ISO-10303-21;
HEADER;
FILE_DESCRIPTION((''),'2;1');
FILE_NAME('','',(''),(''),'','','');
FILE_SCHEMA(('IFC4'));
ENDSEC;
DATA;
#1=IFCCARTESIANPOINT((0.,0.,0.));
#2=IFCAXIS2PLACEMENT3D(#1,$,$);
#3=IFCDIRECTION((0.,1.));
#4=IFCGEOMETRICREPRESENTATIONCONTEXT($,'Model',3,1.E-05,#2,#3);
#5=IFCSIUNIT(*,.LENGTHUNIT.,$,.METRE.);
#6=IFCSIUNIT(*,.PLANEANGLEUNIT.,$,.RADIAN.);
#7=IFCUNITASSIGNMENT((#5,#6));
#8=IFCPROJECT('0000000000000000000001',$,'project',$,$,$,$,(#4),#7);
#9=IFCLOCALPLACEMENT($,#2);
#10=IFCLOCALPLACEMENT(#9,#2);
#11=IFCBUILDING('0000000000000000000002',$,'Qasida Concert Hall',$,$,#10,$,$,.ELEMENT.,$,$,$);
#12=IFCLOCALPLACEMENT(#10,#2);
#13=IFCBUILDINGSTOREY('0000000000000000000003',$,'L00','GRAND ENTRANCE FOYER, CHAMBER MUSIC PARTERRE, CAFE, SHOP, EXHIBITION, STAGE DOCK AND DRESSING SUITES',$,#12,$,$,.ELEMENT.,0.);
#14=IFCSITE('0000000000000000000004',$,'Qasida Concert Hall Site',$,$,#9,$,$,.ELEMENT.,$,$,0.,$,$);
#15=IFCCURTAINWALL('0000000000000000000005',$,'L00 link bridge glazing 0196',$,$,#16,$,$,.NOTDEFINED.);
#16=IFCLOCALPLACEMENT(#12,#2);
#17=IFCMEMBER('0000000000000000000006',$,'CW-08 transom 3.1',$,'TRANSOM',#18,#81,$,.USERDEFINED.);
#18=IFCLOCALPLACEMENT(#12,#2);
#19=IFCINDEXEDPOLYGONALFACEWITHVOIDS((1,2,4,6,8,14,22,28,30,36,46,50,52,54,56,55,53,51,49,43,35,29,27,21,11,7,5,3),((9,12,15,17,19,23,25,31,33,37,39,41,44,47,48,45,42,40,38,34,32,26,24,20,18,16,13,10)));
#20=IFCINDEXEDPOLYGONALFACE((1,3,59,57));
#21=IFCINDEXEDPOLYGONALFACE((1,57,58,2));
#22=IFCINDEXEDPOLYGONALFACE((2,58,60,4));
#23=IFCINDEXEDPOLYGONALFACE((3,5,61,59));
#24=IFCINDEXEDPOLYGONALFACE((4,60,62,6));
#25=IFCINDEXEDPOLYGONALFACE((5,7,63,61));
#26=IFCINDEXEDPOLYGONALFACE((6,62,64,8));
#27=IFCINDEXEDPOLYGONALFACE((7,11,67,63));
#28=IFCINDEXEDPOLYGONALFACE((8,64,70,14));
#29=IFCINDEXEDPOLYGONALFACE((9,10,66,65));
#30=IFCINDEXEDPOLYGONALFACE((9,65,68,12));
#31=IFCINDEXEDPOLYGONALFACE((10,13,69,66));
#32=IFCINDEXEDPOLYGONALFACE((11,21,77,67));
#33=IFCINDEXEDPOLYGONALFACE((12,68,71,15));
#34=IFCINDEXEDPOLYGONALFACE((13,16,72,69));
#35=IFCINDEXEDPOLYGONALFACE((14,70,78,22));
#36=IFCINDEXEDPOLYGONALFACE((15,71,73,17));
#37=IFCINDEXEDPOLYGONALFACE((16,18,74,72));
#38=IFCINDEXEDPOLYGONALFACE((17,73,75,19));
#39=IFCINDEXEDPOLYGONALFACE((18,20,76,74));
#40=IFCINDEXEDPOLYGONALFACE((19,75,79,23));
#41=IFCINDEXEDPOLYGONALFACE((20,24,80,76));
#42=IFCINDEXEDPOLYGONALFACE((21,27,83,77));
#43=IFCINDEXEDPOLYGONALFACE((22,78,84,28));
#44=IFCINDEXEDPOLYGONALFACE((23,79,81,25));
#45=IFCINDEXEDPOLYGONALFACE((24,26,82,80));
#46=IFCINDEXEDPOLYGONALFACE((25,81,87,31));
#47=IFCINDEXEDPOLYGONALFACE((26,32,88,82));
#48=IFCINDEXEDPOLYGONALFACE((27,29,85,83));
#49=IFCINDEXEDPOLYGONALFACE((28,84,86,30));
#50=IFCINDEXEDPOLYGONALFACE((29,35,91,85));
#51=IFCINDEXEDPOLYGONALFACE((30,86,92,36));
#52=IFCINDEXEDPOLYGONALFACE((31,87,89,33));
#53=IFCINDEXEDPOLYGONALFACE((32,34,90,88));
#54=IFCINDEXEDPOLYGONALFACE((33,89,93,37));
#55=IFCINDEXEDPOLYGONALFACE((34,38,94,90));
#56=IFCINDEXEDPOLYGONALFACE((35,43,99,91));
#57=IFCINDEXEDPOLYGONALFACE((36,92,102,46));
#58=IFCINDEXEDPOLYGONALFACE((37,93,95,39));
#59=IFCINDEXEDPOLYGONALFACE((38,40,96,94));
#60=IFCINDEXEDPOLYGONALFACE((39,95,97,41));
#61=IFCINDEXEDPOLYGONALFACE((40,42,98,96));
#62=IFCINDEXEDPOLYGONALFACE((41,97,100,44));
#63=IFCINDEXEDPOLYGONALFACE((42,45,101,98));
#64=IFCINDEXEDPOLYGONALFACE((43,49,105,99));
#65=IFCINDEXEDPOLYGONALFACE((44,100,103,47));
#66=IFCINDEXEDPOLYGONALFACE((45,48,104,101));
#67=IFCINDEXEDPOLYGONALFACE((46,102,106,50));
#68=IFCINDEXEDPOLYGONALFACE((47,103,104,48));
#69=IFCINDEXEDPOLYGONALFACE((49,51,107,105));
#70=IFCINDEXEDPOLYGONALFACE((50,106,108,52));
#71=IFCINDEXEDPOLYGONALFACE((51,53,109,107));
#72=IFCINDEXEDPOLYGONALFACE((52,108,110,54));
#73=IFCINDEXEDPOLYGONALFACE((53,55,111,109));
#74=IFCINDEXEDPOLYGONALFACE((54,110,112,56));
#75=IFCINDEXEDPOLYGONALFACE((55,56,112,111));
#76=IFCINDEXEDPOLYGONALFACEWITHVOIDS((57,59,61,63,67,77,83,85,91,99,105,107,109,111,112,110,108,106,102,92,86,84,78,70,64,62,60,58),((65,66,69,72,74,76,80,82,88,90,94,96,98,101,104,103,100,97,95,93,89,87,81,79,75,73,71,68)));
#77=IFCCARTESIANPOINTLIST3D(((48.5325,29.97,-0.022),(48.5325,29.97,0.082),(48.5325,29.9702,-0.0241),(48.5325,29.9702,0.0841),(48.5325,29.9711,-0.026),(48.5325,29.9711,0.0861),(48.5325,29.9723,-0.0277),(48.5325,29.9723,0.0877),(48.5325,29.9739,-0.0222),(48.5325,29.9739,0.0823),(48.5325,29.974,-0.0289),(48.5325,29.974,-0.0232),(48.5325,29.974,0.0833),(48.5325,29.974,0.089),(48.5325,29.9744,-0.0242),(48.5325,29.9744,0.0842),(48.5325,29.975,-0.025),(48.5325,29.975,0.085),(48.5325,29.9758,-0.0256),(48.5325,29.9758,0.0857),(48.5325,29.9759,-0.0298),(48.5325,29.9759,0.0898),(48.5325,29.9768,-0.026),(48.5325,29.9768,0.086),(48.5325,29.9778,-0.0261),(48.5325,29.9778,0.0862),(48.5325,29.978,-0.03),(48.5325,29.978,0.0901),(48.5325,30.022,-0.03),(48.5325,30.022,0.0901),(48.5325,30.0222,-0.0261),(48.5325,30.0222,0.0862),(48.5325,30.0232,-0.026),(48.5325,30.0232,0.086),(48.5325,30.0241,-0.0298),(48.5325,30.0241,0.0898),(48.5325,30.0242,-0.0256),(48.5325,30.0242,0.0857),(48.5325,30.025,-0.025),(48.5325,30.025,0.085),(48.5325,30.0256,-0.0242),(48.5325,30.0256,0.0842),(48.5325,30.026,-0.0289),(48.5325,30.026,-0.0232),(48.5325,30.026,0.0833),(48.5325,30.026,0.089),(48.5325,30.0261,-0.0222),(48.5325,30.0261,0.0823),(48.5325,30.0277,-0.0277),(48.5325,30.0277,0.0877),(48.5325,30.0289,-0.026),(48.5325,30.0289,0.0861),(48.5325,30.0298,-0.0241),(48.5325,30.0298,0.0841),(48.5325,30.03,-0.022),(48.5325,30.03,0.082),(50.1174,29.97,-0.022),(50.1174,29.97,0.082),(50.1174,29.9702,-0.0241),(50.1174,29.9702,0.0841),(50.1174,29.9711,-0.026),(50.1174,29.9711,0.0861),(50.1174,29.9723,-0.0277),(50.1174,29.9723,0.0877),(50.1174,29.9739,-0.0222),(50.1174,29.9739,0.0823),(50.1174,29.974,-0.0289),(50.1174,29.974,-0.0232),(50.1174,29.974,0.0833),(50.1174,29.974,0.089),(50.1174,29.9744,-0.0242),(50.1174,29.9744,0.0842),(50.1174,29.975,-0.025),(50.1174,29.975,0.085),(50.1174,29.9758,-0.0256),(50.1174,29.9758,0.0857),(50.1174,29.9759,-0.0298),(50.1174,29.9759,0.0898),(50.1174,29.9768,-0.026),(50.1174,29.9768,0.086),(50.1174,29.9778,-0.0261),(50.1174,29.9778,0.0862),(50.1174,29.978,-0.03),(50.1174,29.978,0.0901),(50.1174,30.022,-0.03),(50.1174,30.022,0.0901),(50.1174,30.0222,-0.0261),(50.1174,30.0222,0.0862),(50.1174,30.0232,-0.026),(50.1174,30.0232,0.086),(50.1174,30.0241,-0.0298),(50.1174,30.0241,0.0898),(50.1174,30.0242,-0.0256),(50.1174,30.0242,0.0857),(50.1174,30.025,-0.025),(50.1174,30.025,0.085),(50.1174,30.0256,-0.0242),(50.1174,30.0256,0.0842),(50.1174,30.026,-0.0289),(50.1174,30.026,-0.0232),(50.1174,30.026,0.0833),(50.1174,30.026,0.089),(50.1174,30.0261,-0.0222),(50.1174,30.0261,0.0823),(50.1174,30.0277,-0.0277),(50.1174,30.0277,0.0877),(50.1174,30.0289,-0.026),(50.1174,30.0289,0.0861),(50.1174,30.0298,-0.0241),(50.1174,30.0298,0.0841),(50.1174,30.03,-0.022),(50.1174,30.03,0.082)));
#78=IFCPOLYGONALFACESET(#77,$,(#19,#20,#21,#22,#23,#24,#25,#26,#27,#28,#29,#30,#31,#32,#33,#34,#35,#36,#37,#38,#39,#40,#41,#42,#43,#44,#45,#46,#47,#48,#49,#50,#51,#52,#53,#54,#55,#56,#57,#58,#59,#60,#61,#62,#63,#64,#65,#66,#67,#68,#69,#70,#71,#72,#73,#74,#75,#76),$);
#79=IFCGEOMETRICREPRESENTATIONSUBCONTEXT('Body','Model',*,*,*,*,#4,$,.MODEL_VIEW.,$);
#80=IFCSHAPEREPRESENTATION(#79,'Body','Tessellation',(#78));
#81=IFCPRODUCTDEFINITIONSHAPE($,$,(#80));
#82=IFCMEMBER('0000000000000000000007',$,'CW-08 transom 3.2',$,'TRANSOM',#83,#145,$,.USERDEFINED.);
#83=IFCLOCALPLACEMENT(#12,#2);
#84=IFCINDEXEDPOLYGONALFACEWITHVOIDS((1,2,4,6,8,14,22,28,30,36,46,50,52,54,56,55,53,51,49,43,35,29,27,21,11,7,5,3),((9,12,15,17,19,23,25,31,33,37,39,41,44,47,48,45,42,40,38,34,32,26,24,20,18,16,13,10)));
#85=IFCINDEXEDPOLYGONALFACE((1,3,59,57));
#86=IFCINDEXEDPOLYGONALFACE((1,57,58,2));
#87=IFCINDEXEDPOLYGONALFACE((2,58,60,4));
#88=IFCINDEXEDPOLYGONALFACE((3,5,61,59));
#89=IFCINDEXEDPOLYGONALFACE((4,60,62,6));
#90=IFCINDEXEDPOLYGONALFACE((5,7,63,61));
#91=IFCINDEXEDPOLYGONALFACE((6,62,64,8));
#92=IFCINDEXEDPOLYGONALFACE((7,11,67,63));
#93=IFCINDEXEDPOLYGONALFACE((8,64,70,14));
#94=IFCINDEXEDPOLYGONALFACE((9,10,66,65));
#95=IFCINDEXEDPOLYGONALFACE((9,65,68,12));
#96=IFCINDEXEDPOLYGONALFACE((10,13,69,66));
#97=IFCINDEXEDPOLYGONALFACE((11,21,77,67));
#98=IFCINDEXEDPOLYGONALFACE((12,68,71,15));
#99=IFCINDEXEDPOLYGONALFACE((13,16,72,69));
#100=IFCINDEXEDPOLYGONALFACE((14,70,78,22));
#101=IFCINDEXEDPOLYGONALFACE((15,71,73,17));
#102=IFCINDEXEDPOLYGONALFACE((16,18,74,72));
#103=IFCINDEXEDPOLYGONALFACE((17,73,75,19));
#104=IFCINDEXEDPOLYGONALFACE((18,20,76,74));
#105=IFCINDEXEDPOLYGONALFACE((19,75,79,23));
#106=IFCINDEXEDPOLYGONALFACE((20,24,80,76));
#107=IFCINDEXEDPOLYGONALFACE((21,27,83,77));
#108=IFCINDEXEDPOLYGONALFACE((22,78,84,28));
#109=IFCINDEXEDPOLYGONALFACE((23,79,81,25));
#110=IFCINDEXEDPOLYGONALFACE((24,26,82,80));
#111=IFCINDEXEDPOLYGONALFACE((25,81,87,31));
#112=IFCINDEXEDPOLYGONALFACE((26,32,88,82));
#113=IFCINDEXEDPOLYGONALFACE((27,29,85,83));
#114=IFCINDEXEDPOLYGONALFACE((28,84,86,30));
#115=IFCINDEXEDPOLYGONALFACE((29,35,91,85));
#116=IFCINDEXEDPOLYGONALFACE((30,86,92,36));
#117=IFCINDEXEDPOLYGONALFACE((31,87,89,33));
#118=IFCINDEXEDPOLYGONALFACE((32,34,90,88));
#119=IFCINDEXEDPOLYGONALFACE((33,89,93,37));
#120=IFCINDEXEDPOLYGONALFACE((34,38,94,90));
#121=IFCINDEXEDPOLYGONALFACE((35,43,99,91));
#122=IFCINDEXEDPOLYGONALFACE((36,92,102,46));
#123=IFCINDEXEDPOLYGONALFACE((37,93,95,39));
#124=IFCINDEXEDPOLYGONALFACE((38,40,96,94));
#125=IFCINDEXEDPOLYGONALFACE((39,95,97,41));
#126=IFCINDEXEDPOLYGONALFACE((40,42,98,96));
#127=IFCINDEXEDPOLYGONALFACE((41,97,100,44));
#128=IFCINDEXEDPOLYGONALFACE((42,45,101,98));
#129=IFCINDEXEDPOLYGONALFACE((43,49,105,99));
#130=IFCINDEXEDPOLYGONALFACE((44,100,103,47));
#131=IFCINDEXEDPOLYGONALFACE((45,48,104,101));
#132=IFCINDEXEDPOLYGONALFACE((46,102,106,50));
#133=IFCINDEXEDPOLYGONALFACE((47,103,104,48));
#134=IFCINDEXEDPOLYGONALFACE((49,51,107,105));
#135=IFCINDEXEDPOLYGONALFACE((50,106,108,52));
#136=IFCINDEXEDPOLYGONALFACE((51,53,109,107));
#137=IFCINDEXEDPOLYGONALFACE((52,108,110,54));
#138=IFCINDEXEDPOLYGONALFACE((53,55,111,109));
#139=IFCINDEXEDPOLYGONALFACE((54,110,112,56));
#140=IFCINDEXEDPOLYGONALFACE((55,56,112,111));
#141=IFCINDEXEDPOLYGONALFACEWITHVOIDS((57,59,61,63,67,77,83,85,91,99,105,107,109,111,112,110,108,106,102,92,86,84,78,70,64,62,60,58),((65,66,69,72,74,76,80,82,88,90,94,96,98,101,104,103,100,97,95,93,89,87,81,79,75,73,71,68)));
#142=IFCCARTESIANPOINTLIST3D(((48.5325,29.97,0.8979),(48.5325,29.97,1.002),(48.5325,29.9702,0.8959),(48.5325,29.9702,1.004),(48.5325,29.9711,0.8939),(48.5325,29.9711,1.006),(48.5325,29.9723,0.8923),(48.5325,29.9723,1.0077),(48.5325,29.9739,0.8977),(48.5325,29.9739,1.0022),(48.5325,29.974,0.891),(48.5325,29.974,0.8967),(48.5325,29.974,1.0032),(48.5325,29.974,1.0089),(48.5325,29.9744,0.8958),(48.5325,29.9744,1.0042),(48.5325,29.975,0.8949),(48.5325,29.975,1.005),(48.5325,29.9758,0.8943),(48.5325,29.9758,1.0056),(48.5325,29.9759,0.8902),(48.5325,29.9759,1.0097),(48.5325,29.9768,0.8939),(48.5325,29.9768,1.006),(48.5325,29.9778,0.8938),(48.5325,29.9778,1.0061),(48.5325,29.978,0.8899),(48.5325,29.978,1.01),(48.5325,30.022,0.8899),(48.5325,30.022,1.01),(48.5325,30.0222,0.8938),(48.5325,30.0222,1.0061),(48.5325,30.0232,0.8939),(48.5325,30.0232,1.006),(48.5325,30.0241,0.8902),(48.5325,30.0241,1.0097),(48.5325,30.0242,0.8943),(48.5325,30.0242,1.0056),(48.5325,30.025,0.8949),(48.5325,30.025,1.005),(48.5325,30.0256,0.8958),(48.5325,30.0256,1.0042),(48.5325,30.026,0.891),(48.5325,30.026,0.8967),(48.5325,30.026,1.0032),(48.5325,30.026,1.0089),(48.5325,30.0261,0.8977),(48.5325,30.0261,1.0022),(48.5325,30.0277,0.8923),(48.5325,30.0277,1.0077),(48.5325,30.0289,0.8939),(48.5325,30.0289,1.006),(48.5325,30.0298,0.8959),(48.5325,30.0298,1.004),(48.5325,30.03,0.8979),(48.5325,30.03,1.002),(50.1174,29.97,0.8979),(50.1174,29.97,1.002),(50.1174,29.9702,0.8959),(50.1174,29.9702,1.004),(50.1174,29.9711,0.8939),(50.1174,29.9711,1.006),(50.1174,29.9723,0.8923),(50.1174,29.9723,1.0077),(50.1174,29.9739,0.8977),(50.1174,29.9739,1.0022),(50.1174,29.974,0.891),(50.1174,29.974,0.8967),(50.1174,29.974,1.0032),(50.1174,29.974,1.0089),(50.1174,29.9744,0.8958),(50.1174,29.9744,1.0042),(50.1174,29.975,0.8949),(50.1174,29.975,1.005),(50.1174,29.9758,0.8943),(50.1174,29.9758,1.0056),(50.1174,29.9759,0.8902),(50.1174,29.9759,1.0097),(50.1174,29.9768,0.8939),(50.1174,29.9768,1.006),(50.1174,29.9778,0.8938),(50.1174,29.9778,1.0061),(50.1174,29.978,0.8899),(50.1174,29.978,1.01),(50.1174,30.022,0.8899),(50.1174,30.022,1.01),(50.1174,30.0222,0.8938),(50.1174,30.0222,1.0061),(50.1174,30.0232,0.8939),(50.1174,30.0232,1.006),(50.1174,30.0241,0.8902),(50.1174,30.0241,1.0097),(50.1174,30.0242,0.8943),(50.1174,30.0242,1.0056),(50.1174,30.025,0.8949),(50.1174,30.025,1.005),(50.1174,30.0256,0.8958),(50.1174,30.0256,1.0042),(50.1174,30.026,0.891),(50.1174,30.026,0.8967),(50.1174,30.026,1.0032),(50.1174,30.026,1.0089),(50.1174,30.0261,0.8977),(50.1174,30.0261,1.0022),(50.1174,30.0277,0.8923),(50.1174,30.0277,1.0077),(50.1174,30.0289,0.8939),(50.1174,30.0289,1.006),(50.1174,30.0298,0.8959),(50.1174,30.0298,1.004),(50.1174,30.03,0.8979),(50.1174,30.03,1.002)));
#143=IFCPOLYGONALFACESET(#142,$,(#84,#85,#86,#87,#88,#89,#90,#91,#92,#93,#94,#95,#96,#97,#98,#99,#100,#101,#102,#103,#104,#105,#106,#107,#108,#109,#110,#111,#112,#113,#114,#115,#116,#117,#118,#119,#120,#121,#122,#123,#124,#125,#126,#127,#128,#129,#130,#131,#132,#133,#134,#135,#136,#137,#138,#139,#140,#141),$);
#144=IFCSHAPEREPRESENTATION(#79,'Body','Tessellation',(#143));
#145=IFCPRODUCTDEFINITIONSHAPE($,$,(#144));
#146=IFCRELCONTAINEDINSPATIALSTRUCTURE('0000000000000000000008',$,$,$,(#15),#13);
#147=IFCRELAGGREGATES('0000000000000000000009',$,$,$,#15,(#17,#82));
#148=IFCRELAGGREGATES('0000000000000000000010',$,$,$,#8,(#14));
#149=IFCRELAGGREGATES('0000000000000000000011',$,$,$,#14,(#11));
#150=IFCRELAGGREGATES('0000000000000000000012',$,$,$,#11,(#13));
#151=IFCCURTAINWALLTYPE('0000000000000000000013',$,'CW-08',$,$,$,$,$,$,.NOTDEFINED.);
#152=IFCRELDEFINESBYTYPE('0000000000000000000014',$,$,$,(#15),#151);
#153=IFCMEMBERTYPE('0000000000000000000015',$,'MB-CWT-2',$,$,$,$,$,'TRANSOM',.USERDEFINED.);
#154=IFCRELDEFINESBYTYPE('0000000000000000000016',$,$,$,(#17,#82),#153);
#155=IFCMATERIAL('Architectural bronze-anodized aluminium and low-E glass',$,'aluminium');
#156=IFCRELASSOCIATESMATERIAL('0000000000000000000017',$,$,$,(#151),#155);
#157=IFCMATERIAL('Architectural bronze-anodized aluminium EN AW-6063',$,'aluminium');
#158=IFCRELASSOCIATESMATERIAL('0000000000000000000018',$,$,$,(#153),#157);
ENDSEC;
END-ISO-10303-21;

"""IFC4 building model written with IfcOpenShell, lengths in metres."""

from ifc_helpers import new_model, si_unit, direction, frame, origin, origin_2d, place, context, subcontext, project, spatial, hollow_rectangle, extrude, material, material_profile, profile_set, type_object, element, aggregate, save


model = new_model("IFC4")

# Units and contexts
model_context = context("Model", 3, precision=1e-05, world=origin(), true_north=direction((0.0, 1.0)))
body_context = subcontext(model_context, "Body", "Model", "MODEL_VIEW")
ifc_project = project(units=[si_unit("LENGTHUNIT", "METRE"), si_unit("PLANEANGLEUNIT", "RADIAN")], contexts=[model_context])

# Site, building, storey
site_placement = place(None, origin())
site = spatial("IfcSite", under=ifc_project, at=site_placement, Name="Qasida Concert Hall Site", CompositionType="ELEMENT", RefElevation=0.0)
building_placement = place(site_placement, origin())
building = spatial("IfcBuilding", under=site, at=building_placement, Name="Qasida Concert Hall", CompositionType="ELEMENT")
storey_placement = place(building_placement, origin())
storey = spatial("IfcBuildingStorey", under=building, at=storey_placement, Name="L00", Description="GRAND ENTRANCE FOYER, CHAMBER MUSIC PARTERRE, CAFE, SHOP, EXHIBITION, STAGE DOCK AND DRESSING SUITES", CompositionType="ELEMENT", Elevation=0.0)

# Curtain wall, members
ifc_material_1 = material(Name="Architectural bronze-anodized aluminium and low-E glass", Category="aluminium")
curtain_wall_type = type_object("IfcCurtainWallType", Name="CW-08", PredefinedType="NOTDEFINED", material=ifc_material_1)
curtain_wall_placement = place(storey_placement, origin())
curtain_wall = element("IfcCurtainWall", 1, at=curtain_wall_placement, inside=storey, type_object=curtain_wall_type, Name="L00 link bridge glazing 0196", PredefinedType="NOTDEFINED")
ifc_material_2 = material(Name="Architectural bronze-anodized aluminium EN AW-6063", Category="aluminium")
ifc_material_profile_1 = material_profile(ifc_material_2, hollow_rectangle(XDim=0.0601, YDim=0.1201, WallThickness=0.0039, InnerFilletRadius=0.0039, OuterFilletRadius=0.0081, at=origin_2d()), Name="CWT 120x60x4")
ifc_profile_set_1 = profile_set([ifc_material_profile_1], Name="Architectural bronze-anodized aluminium EN AW-6063")
member_type_1 = type_object("IfcMemberType", Name="MB-CWT-2", ElementType="TRANSOM", PredefinedType="USERDEFINED", material=ifc_profile_set_1)
member_1_placement = place(storey_placement, frame((48.5325, 30.0, 0.03), z_axis=(1.0, 0.0, 0.0), x_axis=(0.0, 1.0, 0.0)))
member_1 = element("IfcMember", 2, at=member_1_placement, type_object=member_type_1, Name="CW-08 transom 3.1", ObjectType="TRANSOM", PredefinedType="USERDEFINED", context=body_context, shape_type="SweptSolid", body=[
    extrude(hollow_rectangle(XDim=0.0601, YDim=0.1201, WallThickness=0.0039, InnerFilletRadius=0.0039, OuterFilletRadius=0.0081, at=origin_2d()), origin(), (0.0, 0.0, 1.0), 1.585),
])
member_2_placement = place(storey_placement, frame((48.5325, 30.0, 0.95), z_axis=(1.0, 0.0, 0.0), x_axis=(0.0, 1.0, 0.0)))
member_2 = element("IfcMember", 3, at=member_2_placement, type_object=member_type_1, Name="CW-08 transom 3.2", ObjectType="TRANSOM", PredefinedType="USERDEFINED", context=body_context, shape_type="SweptSolid", body=[
    extrude(hollow_rectangle(XDim=0.0601, YDim=0.1201, WallThickness=0.0039, InnerFilletRadius=0.0039, OuterFilletRadius=0.0081, at=origin_2d()), origin(), (0.0, 0.0, 1.0), 1.585),
])
aggregate(curtain_wall, [member_1, member_2])

save(model, "model.ifc")
